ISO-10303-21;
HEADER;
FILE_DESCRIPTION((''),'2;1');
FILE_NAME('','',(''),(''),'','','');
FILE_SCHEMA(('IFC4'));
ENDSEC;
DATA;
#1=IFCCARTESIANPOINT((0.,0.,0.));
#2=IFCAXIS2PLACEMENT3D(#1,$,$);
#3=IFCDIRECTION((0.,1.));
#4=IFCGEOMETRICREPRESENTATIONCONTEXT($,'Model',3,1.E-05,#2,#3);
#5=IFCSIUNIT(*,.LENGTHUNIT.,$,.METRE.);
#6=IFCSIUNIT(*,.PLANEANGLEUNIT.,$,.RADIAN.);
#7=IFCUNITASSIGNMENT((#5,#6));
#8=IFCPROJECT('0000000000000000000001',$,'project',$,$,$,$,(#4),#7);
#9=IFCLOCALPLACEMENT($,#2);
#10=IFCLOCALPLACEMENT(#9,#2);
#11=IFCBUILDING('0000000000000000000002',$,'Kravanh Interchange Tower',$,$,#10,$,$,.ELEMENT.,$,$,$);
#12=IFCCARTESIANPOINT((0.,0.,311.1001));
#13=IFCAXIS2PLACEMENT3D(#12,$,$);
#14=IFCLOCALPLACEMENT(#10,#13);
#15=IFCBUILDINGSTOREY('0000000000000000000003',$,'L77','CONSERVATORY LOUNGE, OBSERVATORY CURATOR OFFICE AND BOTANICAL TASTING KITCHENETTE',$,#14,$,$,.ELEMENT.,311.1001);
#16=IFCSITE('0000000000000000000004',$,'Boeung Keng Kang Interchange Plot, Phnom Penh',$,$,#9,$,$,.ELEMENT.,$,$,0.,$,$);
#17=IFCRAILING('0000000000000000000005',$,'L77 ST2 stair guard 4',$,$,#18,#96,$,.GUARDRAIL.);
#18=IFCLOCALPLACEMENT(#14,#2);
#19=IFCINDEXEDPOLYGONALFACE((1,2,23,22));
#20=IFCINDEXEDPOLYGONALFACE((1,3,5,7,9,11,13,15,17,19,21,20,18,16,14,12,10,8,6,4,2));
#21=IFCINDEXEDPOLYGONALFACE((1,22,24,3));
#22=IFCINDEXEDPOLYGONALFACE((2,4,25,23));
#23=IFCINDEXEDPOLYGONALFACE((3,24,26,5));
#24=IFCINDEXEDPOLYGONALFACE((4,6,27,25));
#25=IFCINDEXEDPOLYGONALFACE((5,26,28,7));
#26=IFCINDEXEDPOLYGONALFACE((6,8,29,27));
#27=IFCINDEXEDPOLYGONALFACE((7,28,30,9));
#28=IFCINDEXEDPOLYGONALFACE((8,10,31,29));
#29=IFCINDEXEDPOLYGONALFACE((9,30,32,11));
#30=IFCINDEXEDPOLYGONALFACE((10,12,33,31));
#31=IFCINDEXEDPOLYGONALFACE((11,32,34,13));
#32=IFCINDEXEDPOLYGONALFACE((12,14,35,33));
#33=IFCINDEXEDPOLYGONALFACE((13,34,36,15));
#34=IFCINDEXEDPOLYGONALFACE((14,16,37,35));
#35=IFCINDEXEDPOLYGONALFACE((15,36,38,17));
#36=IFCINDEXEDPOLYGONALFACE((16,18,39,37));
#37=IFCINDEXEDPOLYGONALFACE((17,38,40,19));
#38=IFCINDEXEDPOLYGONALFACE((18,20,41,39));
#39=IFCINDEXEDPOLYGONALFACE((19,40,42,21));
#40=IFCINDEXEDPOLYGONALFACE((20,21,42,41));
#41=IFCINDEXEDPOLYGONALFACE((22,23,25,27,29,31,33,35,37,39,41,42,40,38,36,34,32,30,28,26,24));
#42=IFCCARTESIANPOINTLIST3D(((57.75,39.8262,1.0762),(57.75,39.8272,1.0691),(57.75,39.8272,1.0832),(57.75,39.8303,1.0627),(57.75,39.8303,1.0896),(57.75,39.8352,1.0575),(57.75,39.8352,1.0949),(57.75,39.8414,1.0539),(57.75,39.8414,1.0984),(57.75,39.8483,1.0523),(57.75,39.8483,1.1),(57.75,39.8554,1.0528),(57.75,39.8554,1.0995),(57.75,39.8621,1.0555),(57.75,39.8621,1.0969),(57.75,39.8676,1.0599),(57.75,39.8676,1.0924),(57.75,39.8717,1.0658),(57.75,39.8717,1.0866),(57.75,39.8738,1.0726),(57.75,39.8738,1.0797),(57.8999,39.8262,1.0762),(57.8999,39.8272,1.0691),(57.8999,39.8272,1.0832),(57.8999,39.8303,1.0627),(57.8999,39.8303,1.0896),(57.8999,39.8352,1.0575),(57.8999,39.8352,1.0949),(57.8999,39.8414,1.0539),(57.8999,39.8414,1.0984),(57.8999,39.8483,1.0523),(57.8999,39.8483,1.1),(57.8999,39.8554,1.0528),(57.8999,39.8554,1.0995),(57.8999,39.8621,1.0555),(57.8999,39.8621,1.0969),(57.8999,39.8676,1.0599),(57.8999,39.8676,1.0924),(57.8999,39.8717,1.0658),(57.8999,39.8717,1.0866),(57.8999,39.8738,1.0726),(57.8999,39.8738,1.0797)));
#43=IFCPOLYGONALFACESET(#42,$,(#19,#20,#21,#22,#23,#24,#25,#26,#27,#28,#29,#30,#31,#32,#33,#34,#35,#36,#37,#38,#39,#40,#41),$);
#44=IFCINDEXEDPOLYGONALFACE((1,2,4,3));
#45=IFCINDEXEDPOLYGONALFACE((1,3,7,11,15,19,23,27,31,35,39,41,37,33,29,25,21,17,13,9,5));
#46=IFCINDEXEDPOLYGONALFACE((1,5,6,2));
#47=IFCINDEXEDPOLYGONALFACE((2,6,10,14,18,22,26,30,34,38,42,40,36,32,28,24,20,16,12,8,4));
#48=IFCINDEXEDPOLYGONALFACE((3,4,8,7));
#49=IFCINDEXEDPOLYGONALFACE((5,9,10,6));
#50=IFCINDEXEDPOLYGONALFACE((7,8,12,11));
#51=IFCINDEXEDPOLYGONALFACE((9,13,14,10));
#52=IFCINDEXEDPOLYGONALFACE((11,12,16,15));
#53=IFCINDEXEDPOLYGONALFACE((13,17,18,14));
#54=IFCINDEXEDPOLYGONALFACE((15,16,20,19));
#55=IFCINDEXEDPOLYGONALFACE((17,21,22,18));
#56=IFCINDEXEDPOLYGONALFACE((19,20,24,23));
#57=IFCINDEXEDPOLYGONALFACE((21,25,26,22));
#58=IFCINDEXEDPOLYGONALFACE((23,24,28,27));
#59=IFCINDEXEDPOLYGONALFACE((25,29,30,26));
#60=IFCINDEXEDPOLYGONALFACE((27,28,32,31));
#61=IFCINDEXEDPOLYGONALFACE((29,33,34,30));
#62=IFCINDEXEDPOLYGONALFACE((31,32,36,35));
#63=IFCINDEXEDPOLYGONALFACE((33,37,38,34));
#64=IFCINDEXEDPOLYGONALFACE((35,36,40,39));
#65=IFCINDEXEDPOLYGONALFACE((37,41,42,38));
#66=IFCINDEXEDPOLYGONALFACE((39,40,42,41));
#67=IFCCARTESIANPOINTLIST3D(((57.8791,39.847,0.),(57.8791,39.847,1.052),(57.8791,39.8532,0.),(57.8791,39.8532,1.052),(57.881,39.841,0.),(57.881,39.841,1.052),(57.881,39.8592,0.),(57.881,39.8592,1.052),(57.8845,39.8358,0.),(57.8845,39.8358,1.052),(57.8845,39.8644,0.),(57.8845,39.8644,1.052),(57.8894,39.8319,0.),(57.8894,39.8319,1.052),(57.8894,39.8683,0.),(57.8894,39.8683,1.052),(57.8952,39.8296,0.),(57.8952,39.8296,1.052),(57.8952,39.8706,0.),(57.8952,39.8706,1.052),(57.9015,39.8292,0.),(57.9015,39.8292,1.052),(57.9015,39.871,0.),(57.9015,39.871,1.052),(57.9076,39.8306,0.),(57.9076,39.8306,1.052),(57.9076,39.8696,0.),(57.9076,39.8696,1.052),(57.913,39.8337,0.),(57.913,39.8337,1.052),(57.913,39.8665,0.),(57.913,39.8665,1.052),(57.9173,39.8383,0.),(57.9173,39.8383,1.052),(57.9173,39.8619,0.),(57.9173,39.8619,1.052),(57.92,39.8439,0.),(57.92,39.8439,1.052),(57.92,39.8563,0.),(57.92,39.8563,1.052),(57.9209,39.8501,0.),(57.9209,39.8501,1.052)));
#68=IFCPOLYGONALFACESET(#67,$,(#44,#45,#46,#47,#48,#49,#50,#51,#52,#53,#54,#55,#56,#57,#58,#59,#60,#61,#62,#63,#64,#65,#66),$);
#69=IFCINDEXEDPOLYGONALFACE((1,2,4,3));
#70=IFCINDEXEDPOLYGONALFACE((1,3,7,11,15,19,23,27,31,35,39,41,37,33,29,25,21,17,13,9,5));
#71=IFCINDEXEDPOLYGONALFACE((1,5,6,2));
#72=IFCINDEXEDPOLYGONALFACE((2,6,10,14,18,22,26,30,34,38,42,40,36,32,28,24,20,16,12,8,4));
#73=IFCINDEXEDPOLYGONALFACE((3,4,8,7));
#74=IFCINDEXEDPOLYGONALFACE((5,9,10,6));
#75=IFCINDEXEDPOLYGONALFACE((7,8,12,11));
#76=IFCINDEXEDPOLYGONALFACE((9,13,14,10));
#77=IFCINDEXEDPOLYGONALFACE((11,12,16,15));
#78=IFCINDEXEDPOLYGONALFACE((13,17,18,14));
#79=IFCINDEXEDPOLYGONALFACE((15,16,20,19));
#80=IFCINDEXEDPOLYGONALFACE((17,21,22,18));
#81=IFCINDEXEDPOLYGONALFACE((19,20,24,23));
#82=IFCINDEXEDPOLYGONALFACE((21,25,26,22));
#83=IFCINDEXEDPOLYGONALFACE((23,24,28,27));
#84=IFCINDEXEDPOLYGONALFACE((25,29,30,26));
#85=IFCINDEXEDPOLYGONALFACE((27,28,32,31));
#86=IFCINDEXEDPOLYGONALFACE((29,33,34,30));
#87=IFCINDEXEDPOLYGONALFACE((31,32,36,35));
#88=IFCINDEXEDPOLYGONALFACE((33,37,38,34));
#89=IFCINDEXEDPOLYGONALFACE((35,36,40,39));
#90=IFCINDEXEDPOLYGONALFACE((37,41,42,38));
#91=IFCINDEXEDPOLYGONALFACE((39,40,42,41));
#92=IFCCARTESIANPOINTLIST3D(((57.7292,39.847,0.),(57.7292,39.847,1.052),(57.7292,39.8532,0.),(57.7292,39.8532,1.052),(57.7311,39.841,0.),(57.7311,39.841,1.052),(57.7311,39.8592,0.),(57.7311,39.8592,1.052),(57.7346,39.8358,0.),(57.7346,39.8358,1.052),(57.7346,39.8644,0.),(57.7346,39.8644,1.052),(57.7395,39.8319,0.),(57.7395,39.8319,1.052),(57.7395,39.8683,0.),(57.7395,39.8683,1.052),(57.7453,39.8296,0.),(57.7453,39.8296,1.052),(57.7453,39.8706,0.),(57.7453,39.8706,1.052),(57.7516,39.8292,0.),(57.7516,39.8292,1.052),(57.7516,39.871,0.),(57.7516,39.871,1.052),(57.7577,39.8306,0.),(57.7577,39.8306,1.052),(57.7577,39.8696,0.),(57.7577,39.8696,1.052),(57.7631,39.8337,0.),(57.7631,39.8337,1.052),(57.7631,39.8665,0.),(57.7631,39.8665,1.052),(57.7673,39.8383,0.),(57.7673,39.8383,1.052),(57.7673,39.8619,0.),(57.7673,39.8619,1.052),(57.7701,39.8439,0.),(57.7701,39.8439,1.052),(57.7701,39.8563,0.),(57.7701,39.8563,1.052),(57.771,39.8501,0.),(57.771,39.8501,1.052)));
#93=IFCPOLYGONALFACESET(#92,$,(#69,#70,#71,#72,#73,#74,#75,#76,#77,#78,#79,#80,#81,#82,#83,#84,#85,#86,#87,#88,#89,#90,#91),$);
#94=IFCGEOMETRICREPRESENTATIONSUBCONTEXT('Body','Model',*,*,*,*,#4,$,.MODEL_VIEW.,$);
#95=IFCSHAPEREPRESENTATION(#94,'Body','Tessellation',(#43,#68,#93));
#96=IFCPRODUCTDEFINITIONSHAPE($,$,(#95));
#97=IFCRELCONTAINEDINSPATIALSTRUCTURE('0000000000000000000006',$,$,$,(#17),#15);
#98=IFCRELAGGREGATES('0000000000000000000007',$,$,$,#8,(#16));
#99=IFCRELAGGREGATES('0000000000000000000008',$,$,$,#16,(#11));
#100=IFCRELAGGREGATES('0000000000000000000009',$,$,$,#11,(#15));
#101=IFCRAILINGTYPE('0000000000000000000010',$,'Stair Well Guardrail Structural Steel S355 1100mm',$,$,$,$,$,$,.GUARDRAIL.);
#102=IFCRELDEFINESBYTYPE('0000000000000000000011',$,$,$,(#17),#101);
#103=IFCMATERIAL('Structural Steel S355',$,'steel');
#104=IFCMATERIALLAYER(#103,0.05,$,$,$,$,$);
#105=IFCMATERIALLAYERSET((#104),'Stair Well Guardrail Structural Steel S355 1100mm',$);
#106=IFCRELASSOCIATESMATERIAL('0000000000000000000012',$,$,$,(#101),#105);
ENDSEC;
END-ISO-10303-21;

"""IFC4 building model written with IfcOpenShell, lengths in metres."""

from ifc_helpers import new_model, si_unit, direction, frame, origin, origin_2d, place, context, subcontext, project, spatial, circle, extrude, material, layer, layer_set, type_object, element, save


model = new_model("IFC4")

# Units and contexts
model_context = context("Model", 3, precision=1e-05, world=origin(), true_north=direction((0.0, 1.0)))
body_context = subcontext(model_context, "Body", "Model", "MODEL_VIEW")
ifc_project = project(units=[si_unit("LENGTHUNIT", "METRE"), si_unit("PLANEANGLEUNIT", "RADIAN")], contexts=[model_context])

# Site, building, storey
site_placement = place(None, origin())
site = spatial("IfcSite", under=ifc_project, at=site_placement, Name="Boeung Keng Kang Interchange Plot, Phnom Penh", CompositionType="ELEMENT", RefElevation=0.0)
building_placement = place(site_placement, origin())
building = spatial("IfcBuilding", under=site, at=building_placement, Name="Kravanh Interchange Tower", CompositionType="ELEMENT")
storey_placement = place(building_placement, frame((0.0, 0.0, 311.1001)))
storey = spatial("IfcBuildingStorey", under=building, at=storey_placement, Name="L77", Description="CONSERVATORY LOUNGE, OBSERVATORY CURATOR OFFICE AND BOTANICAL TASTING KITCHENETTE", CompositionType="ELEMENT", Elevation=311.1001)

# Railing
ifc_material_1 = material(Name="Structural Steel S355", Category="steel")
ifc_layer_1 = layer(ifc_material_1, 0.05)
ifc_layer_set_1 = layer_set([ifc_layer_1], Name="Stair Well Guardrail Structural Steel S355 1100mm")
railing_type_1 = type_object("IfcRailingType", Name="Stair Well Guardrail Structural Steel S355 1100mm", PredefinedType="GUARDRAIL", material=ifc_layer_set_1)
railing_1_placement = place(storey_placement, frame((57.8999, 39.8501, 0.0)))
element("IfcRailing", 1, at=railing_1_placement, inside=storey, type_object=railing_type_1, Name="L77 ST2 stair guard 4", PredefinedType="GUARDRAIL", context=body_context, shape_type="SweptSolid", body=[
    extrude(circle(Radius=0.0239, at=origin_2d()), frame((0.0, 0.0, 1.0762), z_axis=(-1.0, 0.0, 0.0), x_axis=(0.0, -1.0, 0.0)), (0.0, 0.0, 1.0), 0.1499),
    extrude(circle(Radius=0.021, at=origin_2d()), origin(), (0.0, 0.0, 1.0), 1.052),
    extrude(circle(Radius=0.021, at=origin_2d()), frame((-0.1499, 0.0, 0.0)), (0.0, 0.0, 1.0), 1.052),
])

save(model, "model.ifc")
